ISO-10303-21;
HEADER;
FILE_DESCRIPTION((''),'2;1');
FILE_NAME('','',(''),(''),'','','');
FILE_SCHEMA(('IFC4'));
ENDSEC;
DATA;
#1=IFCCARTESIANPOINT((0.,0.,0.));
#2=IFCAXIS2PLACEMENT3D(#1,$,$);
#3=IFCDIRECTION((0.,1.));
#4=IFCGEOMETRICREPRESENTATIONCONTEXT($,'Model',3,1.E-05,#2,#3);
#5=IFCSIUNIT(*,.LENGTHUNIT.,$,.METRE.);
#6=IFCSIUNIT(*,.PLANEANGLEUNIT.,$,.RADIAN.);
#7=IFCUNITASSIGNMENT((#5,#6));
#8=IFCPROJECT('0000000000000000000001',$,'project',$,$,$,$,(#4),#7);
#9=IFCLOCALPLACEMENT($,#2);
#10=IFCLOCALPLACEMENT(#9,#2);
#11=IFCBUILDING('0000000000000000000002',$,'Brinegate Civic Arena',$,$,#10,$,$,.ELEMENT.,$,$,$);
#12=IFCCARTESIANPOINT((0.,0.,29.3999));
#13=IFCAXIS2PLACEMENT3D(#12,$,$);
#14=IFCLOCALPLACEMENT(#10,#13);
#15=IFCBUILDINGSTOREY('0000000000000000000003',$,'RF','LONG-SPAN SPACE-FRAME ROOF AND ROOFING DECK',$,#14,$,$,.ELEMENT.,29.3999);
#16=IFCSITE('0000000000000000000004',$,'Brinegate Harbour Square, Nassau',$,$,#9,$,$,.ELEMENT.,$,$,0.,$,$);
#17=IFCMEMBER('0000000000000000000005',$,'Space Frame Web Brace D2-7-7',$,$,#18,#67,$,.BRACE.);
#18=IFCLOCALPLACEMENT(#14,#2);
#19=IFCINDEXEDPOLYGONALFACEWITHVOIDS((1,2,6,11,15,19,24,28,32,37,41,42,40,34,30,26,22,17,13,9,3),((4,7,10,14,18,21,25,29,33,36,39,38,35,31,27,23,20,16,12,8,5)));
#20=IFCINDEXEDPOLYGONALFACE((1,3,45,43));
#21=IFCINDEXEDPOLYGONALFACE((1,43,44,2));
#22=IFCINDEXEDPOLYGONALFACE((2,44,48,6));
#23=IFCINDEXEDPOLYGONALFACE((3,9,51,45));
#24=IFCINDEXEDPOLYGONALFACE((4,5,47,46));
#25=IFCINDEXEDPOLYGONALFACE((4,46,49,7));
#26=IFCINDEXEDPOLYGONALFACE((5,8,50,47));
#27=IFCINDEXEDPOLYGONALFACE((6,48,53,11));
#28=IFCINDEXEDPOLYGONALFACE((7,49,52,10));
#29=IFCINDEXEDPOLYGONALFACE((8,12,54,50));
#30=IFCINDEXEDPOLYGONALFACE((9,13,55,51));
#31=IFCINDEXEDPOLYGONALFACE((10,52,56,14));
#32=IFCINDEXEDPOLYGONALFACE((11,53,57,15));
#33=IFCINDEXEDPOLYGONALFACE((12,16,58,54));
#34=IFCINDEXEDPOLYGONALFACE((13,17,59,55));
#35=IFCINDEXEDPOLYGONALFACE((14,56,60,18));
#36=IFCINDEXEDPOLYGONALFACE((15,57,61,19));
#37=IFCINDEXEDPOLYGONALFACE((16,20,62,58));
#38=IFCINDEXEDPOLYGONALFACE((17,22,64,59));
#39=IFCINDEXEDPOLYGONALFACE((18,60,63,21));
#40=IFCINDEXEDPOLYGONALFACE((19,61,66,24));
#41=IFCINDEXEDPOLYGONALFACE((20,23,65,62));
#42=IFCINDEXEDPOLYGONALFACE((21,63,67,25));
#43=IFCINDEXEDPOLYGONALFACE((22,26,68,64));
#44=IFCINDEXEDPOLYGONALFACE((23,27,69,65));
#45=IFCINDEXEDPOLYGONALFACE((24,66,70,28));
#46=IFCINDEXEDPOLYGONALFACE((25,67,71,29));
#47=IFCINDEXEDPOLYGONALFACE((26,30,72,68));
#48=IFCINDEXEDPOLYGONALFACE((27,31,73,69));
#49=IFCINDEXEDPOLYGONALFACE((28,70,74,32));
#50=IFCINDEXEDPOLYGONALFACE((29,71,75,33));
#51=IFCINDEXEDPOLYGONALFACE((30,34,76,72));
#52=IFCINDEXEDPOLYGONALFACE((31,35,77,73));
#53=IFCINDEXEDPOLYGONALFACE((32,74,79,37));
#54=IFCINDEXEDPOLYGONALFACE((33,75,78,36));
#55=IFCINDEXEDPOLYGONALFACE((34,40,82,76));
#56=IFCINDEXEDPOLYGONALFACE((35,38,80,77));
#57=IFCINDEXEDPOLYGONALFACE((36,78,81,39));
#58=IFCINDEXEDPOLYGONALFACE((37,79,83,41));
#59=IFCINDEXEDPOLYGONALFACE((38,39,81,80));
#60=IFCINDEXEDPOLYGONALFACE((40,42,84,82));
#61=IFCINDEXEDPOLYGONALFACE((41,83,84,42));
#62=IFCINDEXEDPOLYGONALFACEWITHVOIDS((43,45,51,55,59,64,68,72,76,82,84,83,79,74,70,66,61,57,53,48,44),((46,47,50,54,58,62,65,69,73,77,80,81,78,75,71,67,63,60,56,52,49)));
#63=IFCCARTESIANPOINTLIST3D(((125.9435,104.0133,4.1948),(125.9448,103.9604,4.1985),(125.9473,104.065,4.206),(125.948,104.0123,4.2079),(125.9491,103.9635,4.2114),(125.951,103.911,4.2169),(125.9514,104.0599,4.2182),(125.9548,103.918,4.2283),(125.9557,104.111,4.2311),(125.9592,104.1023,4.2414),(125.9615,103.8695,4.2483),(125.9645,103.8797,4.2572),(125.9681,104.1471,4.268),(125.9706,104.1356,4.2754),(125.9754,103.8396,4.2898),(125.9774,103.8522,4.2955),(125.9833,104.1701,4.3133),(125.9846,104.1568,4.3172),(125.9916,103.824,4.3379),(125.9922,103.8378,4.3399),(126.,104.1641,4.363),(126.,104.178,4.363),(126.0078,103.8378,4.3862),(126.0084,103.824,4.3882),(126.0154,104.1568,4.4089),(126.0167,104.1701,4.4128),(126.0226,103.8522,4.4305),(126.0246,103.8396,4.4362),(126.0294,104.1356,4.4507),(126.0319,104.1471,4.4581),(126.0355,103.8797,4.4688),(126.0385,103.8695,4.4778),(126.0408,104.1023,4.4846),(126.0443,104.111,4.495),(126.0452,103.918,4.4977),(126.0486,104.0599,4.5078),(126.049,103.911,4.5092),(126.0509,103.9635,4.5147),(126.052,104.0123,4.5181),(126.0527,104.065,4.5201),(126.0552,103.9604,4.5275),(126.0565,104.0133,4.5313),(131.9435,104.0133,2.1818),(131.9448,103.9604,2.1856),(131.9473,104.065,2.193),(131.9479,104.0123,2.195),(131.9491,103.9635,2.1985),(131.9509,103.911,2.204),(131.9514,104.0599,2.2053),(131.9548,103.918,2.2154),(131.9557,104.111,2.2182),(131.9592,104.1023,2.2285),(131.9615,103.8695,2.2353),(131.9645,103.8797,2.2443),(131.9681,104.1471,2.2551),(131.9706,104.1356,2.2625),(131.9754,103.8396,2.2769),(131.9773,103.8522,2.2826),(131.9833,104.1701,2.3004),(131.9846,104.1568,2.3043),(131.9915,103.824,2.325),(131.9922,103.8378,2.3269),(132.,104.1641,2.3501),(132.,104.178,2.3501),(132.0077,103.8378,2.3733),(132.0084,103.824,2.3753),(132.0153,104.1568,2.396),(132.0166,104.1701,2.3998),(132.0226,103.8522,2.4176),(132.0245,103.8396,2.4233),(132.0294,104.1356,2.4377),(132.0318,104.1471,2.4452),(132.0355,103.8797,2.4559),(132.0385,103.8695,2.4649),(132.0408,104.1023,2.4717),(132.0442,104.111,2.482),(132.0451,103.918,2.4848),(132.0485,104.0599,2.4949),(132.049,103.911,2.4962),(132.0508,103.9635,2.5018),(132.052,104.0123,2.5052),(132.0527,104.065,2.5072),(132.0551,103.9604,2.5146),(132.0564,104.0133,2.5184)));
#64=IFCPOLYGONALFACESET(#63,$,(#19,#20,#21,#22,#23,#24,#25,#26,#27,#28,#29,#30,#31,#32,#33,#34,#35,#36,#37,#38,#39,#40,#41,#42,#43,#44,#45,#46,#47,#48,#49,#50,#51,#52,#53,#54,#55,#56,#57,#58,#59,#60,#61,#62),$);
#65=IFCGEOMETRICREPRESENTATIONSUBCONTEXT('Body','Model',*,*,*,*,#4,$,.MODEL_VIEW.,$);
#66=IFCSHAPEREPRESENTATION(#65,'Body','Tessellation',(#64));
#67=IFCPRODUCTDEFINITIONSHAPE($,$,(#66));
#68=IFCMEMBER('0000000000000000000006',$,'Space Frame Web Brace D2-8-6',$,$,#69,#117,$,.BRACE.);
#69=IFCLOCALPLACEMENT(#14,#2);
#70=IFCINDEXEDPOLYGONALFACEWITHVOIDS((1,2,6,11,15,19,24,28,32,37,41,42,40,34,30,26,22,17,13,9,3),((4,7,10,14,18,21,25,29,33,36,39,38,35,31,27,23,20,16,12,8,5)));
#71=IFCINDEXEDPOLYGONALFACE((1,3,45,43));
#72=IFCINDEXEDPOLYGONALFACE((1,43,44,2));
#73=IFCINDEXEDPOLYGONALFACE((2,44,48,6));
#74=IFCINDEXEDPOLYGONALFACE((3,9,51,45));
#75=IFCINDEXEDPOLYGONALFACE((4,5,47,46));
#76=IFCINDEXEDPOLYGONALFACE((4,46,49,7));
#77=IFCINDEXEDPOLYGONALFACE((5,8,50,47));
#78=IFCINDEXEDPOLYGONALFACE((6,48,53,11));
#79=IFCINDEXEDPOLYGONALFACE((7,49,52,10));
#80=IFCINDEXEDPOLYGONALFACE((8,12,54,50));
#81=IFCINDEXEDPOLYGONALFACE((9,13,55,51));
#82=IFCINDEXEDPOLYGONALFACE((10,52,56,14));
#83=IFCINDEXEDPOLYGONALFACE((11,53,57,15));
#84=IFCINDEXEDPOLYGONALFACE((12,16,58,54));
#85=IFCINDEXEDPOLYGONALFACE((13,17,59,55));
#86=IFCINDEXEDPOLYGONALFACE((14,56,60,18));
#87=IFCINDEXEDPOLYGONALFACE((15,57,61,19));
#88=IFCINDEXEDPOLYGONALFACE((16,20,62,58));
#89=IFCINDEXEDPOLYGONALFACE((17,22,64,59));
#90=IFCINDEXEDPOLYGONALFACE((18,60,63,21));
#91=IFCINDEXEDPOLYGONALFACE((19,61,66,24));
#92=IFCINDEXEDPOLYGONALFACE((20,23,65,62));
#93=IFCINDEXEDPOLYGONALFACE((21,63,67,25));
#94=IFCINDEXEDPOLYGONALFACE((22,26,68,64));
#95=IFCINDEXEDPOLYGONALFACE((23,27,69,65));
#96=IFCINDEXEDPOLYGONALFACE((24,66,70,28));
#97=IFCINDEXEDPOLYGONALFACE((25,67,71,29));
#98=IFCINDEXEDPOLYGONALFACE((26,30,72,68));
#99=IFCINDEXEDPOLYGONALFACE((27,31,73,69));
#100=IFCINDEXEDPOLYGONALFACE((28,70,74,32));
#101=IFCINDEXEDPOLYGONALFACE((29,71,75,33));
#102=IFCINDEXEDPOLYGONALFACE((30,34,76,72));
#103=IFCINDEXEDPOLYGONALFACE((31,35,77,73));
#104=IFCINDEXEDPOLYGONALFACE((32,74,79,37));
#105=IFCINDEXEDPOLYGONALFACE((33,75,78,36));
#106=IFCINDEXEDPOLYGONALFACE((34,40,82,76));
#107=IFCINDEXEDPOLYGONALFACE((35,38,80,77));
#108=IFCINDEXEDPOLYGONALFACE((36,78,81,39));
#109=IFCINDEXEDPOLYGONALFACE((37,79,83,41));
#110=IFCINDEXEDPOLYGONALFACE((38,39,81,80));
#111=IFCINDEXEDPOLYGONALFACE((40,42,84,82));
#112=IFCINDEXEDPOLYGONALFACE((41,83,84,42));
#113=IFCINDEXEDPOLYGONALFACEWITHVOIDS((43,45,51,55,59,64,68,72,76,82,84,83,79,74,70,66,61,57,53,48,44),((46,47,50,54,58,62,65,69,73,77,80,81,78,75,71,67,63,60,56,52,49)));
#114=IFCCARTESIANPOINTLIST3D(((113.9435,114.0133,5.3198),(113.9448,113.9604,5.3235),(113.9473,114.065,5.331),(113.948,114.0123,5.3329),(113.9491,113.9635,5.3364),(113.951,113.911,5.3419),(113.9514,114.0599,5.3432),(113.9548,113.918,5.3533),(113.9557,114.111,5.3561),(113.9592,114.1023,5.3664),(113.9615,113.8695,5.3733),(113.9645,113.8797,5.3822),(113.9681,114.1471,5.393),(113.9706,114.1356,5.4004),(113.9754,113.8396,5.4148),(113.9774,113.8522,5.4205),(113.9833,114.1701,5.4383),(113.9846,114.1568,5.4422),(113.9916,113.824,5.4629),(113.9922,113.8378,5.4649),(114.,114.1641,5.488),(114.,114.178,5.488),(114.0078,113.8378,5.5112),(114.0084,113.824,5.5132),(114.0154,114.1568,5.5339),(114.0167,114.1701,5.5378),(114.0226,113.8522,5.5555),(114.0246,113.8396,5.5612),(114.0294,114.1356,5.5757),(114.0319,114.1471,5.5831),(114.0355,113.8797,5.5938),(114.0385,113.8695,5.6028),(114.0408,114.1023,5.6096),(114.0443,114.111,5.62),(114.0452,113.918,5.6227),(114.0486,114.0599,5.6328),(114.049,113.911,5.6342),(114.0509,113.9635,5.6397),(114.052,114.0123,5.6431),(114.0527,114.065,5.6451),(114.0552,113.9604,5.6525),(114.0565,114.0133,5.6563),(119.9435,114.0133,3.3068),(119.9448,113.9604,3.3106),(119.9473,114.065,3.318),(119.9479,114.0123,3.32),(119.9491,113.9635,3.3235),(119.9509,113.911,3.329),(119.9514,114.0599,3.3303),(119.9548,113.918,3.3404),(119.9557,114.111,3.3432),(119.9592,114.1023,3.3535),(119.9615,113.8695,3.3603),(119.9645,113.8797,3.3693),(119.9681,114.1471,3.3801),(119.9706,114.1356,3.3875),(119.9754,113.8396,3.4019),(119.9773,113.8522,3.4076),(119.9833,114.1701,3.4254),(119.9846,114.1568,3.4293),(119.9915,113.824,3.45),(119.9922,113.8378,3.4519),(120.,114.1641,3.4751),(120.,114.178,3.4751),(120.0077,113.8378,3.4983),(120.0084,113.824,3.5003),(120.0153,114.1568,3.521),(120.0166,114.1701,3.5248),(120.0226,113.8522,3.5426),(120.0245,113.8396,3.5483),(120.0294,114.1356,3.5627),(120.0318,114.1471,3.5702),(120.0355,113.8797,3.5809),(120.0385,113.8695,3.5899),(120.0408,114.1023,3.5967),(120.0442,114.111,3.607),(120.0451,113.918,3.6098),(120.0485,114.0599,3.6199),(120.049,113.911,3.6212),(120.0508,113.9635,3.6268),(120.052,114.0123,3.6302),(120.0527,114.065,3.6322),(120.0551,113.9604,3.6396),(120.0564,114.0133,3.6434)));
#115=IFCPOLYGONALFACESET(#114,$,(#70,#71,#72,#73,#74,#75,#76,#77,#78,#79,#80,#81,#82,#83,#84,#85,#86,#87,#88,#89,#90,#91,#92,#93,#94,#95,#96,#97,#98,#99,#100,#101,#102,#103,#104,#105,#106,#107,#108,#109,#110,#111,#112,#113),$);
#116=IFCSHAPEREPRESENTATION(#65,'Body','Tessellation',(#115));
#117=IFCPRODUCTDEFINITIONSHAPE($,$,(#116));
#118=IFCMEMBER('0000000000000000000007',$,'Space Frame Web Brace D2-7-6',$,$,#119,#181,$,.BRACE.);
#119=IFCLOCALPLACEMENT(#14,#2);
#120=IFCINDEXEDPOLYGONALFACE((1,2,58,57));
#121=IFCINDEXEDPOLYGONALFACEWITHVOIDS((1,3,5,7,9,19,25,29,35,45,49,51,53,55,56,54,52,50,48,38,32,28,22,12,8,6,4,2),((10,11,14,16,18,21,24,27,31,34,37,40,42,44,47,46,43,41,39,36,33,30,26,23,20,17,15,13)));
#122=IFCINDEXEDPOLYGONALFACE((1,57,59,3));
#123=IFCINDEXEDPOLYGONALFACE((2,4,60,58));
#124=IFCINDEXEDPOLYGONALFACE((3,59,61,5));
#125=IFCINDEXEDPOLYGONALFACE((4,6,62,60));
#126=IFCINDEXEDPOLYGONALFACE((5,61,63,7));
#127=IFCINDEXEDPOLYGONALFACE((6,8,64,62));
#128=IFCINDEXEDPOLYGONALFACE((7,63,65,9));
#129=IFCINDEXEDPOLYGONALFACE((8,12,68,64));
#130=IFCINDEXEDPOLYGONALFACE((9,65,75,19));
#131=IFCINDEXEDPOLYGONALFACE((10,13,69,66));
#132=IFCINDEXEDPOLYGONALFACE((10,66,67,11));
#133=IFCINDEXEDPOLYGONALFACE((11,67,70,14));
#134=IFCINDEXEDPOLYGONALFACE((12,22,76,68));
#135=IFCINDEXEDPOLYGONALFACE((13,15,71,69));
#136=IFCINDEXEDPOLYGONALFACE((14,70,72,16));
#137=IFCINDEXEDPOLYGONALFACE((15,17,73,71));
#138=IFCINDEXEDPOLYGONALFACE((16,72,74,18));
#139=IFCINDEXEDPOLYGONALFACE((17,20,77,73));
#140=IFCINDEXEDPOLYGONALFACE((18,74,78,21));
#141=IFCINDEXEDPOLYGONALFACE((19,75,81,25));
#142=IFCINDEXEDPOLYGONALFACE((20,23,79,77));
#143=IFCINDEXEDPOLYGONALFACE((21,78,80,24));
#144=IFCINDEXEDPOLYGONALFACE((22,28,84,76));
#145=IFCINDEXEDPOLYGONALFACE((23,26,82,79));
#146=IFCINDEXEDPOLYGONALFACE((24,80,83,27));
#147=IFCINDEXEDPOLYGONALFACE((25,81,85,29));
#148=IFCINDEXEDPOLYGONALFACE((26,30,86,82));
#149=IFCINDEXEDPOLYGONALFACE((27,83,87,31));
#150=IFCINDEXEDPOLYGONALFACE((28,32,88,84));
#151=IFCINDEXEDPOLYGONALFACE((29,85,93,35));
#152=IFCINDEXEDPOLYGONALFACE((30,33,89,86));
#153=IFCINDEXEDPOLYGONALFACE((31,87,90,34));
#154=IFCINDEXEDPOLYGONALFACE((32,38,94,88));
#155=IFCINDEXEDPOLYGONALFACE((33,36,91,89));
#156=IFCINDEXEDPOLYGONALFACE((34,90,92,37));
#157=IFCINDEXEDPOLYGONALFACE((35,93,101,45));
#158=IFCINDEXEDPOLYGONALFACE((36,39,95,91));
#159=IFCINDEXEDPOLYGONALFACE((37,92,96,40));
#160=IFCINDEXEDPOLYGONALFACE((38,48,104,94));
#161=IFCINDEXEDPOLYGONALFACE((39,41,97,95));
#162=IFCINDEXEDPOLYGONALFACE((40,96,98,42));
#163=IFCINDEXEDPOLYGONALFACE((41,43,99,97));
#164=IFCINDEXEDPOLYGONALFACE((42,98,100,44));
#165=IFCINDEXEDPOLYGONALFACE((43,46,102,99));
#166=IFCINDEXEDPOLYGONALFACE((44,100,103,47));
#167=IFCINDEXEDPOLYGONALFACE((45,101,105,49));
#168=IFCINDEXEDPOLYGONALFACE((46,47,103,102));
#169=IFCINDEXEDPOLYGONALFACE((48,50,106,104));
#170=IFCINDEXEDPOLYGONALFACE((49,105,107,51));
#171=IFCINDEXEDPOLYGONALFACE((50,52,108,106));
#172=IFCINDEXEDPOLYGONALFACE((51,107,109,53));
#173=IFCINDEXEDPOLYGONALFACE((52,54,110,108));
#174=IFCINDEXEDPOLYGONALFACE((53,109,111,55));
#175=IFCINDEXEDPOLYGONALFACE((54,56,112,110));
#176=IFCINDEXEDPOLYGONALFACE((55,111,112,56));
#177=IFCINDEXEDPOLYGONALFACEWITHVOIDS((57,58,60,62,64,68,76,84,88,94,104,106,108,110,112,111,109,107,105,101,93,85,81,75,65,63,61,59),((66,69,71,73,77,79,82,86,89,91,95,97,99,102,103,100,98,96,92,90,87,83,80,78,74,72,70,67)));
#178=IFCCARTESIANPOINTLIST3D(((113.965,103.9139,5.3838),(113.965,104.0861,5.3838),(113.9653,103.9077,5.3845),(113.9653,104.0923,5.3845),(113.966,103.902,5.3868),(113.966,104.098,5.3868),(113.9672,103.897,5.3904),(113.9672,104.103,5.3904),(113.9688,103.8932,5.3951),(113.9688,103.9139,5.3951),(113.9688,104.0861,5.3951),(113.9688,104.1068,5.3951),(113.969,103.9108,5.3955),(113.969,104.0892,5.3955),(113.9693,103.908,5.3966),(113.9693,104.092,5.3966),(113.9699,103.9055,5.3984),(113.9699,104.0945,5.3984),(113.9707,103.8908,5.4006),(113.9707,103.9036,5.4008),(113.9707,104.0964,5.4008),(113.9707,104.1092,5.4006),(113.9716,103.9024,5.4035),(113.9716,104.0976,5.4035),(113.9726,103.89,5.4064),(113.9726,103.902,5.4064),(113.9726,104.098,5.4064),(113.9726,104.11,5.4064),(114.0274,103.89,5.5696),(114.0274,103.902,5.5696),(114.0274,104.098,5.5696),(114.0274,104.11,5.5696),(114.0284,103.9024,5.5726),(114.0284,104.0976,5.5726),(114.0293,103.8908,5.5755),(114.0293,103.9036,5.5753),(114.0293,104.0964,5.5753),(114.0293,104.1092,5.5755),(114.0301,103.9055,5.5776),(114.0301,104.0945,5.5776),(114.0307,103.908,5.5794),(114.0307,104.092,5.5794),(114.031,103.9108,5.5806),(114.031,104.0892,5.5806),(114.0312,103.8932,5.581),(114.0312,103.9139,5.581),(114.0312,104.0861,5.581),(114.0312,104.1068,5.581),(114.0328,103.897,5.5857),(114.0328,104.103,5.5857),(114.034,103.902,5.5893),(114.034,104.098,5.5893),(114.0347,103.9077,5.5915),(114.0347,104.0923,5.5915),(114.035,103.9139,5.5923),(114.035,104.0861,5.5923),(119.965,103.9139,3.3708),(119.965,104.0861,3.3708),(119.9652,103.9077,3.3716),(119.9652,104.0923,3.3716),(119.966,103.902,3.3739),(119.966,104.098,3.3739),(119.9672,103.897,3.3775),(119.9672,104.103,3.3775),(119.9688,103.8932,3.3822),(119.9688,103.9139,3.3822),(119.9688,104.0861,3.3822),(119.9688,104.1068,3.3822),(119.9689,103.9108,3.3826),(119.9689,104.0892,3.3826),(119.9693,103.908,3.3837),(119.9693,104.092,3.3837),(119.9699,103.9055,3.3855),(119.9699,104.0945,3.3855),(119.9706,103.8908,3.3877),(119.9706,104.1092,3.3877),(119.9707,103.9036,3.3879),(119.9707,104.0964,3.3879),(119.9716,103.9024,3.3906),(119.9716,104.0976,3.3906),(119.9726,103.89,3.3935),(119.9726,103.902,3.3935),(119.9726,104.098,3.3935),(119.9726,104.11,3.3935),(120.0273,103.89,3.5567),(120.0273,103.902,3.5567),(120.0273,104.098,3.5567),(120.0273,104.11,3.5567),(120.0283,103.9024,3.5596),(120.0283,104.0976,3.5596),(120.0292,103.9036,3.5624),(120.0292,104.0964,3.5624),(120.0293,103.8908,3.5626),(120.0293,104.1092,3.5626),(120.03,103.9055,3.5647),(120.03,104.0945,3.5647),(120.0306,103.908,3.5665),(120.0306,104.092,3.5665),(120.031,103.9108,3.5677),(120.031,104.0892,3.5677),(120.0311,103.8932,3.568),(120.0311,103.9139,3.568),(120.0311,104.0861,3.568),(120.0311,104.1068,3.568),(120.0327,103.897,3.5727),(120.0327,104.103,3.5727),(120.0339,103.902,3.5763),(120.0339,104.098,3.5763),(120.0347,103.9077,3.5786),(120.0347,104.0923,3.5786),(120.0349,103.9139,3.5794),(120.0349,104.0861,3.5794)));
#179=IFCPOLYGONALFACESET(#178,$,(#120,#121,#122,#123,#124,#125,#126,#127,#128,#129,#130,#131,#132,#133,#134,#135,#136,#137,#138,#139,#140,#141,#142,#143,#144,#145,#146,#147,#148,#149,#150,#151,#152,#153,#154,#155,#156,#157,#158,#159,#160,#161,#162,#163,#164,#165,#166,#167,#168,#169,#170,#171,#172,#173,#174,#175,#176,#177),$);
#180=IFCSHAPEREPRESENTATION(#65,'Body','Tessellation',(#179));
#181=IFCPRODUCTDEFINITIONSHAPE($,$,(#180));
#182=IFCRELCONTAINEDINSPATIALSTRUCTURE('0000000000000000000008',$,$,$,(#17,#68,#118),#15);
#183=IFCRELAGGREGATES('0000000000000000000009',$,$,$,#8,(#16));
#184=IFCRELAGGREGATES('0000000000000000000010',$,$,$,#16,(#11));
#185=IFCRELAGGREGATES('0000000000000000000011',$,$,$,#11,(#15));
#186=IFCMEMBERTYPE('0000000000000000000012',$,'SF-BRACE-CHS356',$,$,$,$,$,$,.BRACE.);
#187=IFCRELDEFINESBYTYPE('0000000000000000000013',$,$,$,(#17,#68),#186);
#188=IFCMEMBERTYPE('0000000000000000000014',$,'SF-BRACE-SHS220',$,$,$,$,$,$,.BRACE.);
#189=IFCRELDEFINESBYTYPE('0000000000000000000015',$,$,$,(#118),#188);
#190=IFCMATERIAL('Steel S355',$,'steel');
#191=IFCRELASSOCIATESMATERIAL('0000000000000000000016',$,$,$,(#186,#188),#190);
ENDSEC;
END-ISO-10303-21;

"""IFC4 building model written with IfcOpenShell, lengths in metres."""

from ifc_helpers import new_model, si_unit, direction, frame, origin, origin_2d, place, context, subcontext, project, spatial, hollow_rectangle, hollow_circle, extrude, material, material_profile, profile_set, type_object, element, save


model = new_model("IFC4")

# Units and contexts
model_context = context("Model", 3, precision=1e-05, world=origin(), true_north=direction((0.0, 1.0)))
body_context = subcontext(model_context, "Body", "Model", "MODEL_VIEW")
ifc_project = project(units=[si_unit("LENGTHUNIT", "METRE"), si_unit("PLANEANGLEUNIT", "RADIAN")], contexts=[model_context])

# Site, building, storey
site_placement = place(None, origin())
site = spatial("IfcSite", under=ifc_project, at=site_placement, Name="Brinegate Harbour Square, Nassau", CompositionType="ELEMENT", RefElevation=0.0)
building_placement = place(site_placement, origin())
building = spatial("IfcBuilding", under=site, at=building_placement, Name="Brinegate Civic Arena", CompositionType="ELEMENT")
storey_placement = place(building_placement, frame((0.0, 0.0, 29.3999)))
storey = spatial("IfcBuildingStorey", under=building, at=storey_placement, Name="RF", Description="LONG-SPAN SPACE-FRAME ROOF AND ROOFING DECK", CompositionType="ELEMENT", Elevation=29.3999)

# Shared definitions
ifc_material_1 = material(Name="Steel S355", Category="steel")

# Members
ifc_material_profile_1 = material_profile(ifc_material_1, hollow_circle(Radius=0.178, WallThickness=0.0139, at=origin_2d()), Name="CHS356X14")
ifc_profile_set_1 = profile_set([ifc_material_profile_1], Name="Steel S355")
member_type_1 = type_object("IfcMemberType", Name="SF-BRACE-CHS356", PredefinedType="BRACE", material=ifc_profile_set_1)
for number, where, z_axis, x_axis, name in (
    (1, (126.0, 104.0, 4.363), (0.948068, 0.0, -0.318067), (0.0, 1.0, 0.0), "Space Frame Web Brace D2-7-7"),
    (2, (114.0, 114.0, 5.488), (0.948068, 0.0, -0.318067), (0.0, 1.0, 0.0), "Space Frame Web Brace D2-8-6"),
):
    element("IfcMember", number, at=place(storey_placement, frame(where, z_axis=z_axis, x_axis=x_axis)), inside=storey, type_object=member_type_1, Name=name, PredefinedType="BRACE", context=body_context, shape_type="SweptSolid", body=[
        extrude(hollow_circle(Radius=0.178, WallThickness=0.0139, at=origin_2d()), origin(), (0.0, 0.0, 1.0), 6.3286),
    ])
ifc_material_profile_2 = material_profile(ifc_material_1, hollow_rectangle(XDim=0.22, YDim=0.22, WallThickness=0.012, InnerFilletRadius=0.012, OuterFilletRadius=0.0239, at=origin_2d()), Name="SHS220X12")
ifc_profile_set_2 = profile_set([ifc_material_profile_2], Name="Steel S355")
member_type_2 = type_object("IfcMemberType", Name="SF-BRACE-SHS220", PredefinedType="BRACE", material=ifc_profile_set_2)
member_1_placement = place(storey_placement, frame((114.0, 104.0, 5.488), z_axis=(0.948068, 0.0, -0.318067), x_axis=(0.0, 1.0, 0.0)))
element("IfcMember", 3, at=member_1_placement, inside=storey, type_object=member_type_2, Name="Space Frame Web Brace D2-7-6", PredefinedType="BRACE", context=body_context, shape_type="SweptSolid", body=[
    extrude(hollow_rectangle(XDim=0.22, YDim=0.22, WallThickness=0.012, InnerFilletRadius=0.012, OuterFilletRadius=0.0239, at=origin_2d()), origin(), (0.0, 0.0, 1.0), 6.3286),
])

save(model, "model.ifc")
